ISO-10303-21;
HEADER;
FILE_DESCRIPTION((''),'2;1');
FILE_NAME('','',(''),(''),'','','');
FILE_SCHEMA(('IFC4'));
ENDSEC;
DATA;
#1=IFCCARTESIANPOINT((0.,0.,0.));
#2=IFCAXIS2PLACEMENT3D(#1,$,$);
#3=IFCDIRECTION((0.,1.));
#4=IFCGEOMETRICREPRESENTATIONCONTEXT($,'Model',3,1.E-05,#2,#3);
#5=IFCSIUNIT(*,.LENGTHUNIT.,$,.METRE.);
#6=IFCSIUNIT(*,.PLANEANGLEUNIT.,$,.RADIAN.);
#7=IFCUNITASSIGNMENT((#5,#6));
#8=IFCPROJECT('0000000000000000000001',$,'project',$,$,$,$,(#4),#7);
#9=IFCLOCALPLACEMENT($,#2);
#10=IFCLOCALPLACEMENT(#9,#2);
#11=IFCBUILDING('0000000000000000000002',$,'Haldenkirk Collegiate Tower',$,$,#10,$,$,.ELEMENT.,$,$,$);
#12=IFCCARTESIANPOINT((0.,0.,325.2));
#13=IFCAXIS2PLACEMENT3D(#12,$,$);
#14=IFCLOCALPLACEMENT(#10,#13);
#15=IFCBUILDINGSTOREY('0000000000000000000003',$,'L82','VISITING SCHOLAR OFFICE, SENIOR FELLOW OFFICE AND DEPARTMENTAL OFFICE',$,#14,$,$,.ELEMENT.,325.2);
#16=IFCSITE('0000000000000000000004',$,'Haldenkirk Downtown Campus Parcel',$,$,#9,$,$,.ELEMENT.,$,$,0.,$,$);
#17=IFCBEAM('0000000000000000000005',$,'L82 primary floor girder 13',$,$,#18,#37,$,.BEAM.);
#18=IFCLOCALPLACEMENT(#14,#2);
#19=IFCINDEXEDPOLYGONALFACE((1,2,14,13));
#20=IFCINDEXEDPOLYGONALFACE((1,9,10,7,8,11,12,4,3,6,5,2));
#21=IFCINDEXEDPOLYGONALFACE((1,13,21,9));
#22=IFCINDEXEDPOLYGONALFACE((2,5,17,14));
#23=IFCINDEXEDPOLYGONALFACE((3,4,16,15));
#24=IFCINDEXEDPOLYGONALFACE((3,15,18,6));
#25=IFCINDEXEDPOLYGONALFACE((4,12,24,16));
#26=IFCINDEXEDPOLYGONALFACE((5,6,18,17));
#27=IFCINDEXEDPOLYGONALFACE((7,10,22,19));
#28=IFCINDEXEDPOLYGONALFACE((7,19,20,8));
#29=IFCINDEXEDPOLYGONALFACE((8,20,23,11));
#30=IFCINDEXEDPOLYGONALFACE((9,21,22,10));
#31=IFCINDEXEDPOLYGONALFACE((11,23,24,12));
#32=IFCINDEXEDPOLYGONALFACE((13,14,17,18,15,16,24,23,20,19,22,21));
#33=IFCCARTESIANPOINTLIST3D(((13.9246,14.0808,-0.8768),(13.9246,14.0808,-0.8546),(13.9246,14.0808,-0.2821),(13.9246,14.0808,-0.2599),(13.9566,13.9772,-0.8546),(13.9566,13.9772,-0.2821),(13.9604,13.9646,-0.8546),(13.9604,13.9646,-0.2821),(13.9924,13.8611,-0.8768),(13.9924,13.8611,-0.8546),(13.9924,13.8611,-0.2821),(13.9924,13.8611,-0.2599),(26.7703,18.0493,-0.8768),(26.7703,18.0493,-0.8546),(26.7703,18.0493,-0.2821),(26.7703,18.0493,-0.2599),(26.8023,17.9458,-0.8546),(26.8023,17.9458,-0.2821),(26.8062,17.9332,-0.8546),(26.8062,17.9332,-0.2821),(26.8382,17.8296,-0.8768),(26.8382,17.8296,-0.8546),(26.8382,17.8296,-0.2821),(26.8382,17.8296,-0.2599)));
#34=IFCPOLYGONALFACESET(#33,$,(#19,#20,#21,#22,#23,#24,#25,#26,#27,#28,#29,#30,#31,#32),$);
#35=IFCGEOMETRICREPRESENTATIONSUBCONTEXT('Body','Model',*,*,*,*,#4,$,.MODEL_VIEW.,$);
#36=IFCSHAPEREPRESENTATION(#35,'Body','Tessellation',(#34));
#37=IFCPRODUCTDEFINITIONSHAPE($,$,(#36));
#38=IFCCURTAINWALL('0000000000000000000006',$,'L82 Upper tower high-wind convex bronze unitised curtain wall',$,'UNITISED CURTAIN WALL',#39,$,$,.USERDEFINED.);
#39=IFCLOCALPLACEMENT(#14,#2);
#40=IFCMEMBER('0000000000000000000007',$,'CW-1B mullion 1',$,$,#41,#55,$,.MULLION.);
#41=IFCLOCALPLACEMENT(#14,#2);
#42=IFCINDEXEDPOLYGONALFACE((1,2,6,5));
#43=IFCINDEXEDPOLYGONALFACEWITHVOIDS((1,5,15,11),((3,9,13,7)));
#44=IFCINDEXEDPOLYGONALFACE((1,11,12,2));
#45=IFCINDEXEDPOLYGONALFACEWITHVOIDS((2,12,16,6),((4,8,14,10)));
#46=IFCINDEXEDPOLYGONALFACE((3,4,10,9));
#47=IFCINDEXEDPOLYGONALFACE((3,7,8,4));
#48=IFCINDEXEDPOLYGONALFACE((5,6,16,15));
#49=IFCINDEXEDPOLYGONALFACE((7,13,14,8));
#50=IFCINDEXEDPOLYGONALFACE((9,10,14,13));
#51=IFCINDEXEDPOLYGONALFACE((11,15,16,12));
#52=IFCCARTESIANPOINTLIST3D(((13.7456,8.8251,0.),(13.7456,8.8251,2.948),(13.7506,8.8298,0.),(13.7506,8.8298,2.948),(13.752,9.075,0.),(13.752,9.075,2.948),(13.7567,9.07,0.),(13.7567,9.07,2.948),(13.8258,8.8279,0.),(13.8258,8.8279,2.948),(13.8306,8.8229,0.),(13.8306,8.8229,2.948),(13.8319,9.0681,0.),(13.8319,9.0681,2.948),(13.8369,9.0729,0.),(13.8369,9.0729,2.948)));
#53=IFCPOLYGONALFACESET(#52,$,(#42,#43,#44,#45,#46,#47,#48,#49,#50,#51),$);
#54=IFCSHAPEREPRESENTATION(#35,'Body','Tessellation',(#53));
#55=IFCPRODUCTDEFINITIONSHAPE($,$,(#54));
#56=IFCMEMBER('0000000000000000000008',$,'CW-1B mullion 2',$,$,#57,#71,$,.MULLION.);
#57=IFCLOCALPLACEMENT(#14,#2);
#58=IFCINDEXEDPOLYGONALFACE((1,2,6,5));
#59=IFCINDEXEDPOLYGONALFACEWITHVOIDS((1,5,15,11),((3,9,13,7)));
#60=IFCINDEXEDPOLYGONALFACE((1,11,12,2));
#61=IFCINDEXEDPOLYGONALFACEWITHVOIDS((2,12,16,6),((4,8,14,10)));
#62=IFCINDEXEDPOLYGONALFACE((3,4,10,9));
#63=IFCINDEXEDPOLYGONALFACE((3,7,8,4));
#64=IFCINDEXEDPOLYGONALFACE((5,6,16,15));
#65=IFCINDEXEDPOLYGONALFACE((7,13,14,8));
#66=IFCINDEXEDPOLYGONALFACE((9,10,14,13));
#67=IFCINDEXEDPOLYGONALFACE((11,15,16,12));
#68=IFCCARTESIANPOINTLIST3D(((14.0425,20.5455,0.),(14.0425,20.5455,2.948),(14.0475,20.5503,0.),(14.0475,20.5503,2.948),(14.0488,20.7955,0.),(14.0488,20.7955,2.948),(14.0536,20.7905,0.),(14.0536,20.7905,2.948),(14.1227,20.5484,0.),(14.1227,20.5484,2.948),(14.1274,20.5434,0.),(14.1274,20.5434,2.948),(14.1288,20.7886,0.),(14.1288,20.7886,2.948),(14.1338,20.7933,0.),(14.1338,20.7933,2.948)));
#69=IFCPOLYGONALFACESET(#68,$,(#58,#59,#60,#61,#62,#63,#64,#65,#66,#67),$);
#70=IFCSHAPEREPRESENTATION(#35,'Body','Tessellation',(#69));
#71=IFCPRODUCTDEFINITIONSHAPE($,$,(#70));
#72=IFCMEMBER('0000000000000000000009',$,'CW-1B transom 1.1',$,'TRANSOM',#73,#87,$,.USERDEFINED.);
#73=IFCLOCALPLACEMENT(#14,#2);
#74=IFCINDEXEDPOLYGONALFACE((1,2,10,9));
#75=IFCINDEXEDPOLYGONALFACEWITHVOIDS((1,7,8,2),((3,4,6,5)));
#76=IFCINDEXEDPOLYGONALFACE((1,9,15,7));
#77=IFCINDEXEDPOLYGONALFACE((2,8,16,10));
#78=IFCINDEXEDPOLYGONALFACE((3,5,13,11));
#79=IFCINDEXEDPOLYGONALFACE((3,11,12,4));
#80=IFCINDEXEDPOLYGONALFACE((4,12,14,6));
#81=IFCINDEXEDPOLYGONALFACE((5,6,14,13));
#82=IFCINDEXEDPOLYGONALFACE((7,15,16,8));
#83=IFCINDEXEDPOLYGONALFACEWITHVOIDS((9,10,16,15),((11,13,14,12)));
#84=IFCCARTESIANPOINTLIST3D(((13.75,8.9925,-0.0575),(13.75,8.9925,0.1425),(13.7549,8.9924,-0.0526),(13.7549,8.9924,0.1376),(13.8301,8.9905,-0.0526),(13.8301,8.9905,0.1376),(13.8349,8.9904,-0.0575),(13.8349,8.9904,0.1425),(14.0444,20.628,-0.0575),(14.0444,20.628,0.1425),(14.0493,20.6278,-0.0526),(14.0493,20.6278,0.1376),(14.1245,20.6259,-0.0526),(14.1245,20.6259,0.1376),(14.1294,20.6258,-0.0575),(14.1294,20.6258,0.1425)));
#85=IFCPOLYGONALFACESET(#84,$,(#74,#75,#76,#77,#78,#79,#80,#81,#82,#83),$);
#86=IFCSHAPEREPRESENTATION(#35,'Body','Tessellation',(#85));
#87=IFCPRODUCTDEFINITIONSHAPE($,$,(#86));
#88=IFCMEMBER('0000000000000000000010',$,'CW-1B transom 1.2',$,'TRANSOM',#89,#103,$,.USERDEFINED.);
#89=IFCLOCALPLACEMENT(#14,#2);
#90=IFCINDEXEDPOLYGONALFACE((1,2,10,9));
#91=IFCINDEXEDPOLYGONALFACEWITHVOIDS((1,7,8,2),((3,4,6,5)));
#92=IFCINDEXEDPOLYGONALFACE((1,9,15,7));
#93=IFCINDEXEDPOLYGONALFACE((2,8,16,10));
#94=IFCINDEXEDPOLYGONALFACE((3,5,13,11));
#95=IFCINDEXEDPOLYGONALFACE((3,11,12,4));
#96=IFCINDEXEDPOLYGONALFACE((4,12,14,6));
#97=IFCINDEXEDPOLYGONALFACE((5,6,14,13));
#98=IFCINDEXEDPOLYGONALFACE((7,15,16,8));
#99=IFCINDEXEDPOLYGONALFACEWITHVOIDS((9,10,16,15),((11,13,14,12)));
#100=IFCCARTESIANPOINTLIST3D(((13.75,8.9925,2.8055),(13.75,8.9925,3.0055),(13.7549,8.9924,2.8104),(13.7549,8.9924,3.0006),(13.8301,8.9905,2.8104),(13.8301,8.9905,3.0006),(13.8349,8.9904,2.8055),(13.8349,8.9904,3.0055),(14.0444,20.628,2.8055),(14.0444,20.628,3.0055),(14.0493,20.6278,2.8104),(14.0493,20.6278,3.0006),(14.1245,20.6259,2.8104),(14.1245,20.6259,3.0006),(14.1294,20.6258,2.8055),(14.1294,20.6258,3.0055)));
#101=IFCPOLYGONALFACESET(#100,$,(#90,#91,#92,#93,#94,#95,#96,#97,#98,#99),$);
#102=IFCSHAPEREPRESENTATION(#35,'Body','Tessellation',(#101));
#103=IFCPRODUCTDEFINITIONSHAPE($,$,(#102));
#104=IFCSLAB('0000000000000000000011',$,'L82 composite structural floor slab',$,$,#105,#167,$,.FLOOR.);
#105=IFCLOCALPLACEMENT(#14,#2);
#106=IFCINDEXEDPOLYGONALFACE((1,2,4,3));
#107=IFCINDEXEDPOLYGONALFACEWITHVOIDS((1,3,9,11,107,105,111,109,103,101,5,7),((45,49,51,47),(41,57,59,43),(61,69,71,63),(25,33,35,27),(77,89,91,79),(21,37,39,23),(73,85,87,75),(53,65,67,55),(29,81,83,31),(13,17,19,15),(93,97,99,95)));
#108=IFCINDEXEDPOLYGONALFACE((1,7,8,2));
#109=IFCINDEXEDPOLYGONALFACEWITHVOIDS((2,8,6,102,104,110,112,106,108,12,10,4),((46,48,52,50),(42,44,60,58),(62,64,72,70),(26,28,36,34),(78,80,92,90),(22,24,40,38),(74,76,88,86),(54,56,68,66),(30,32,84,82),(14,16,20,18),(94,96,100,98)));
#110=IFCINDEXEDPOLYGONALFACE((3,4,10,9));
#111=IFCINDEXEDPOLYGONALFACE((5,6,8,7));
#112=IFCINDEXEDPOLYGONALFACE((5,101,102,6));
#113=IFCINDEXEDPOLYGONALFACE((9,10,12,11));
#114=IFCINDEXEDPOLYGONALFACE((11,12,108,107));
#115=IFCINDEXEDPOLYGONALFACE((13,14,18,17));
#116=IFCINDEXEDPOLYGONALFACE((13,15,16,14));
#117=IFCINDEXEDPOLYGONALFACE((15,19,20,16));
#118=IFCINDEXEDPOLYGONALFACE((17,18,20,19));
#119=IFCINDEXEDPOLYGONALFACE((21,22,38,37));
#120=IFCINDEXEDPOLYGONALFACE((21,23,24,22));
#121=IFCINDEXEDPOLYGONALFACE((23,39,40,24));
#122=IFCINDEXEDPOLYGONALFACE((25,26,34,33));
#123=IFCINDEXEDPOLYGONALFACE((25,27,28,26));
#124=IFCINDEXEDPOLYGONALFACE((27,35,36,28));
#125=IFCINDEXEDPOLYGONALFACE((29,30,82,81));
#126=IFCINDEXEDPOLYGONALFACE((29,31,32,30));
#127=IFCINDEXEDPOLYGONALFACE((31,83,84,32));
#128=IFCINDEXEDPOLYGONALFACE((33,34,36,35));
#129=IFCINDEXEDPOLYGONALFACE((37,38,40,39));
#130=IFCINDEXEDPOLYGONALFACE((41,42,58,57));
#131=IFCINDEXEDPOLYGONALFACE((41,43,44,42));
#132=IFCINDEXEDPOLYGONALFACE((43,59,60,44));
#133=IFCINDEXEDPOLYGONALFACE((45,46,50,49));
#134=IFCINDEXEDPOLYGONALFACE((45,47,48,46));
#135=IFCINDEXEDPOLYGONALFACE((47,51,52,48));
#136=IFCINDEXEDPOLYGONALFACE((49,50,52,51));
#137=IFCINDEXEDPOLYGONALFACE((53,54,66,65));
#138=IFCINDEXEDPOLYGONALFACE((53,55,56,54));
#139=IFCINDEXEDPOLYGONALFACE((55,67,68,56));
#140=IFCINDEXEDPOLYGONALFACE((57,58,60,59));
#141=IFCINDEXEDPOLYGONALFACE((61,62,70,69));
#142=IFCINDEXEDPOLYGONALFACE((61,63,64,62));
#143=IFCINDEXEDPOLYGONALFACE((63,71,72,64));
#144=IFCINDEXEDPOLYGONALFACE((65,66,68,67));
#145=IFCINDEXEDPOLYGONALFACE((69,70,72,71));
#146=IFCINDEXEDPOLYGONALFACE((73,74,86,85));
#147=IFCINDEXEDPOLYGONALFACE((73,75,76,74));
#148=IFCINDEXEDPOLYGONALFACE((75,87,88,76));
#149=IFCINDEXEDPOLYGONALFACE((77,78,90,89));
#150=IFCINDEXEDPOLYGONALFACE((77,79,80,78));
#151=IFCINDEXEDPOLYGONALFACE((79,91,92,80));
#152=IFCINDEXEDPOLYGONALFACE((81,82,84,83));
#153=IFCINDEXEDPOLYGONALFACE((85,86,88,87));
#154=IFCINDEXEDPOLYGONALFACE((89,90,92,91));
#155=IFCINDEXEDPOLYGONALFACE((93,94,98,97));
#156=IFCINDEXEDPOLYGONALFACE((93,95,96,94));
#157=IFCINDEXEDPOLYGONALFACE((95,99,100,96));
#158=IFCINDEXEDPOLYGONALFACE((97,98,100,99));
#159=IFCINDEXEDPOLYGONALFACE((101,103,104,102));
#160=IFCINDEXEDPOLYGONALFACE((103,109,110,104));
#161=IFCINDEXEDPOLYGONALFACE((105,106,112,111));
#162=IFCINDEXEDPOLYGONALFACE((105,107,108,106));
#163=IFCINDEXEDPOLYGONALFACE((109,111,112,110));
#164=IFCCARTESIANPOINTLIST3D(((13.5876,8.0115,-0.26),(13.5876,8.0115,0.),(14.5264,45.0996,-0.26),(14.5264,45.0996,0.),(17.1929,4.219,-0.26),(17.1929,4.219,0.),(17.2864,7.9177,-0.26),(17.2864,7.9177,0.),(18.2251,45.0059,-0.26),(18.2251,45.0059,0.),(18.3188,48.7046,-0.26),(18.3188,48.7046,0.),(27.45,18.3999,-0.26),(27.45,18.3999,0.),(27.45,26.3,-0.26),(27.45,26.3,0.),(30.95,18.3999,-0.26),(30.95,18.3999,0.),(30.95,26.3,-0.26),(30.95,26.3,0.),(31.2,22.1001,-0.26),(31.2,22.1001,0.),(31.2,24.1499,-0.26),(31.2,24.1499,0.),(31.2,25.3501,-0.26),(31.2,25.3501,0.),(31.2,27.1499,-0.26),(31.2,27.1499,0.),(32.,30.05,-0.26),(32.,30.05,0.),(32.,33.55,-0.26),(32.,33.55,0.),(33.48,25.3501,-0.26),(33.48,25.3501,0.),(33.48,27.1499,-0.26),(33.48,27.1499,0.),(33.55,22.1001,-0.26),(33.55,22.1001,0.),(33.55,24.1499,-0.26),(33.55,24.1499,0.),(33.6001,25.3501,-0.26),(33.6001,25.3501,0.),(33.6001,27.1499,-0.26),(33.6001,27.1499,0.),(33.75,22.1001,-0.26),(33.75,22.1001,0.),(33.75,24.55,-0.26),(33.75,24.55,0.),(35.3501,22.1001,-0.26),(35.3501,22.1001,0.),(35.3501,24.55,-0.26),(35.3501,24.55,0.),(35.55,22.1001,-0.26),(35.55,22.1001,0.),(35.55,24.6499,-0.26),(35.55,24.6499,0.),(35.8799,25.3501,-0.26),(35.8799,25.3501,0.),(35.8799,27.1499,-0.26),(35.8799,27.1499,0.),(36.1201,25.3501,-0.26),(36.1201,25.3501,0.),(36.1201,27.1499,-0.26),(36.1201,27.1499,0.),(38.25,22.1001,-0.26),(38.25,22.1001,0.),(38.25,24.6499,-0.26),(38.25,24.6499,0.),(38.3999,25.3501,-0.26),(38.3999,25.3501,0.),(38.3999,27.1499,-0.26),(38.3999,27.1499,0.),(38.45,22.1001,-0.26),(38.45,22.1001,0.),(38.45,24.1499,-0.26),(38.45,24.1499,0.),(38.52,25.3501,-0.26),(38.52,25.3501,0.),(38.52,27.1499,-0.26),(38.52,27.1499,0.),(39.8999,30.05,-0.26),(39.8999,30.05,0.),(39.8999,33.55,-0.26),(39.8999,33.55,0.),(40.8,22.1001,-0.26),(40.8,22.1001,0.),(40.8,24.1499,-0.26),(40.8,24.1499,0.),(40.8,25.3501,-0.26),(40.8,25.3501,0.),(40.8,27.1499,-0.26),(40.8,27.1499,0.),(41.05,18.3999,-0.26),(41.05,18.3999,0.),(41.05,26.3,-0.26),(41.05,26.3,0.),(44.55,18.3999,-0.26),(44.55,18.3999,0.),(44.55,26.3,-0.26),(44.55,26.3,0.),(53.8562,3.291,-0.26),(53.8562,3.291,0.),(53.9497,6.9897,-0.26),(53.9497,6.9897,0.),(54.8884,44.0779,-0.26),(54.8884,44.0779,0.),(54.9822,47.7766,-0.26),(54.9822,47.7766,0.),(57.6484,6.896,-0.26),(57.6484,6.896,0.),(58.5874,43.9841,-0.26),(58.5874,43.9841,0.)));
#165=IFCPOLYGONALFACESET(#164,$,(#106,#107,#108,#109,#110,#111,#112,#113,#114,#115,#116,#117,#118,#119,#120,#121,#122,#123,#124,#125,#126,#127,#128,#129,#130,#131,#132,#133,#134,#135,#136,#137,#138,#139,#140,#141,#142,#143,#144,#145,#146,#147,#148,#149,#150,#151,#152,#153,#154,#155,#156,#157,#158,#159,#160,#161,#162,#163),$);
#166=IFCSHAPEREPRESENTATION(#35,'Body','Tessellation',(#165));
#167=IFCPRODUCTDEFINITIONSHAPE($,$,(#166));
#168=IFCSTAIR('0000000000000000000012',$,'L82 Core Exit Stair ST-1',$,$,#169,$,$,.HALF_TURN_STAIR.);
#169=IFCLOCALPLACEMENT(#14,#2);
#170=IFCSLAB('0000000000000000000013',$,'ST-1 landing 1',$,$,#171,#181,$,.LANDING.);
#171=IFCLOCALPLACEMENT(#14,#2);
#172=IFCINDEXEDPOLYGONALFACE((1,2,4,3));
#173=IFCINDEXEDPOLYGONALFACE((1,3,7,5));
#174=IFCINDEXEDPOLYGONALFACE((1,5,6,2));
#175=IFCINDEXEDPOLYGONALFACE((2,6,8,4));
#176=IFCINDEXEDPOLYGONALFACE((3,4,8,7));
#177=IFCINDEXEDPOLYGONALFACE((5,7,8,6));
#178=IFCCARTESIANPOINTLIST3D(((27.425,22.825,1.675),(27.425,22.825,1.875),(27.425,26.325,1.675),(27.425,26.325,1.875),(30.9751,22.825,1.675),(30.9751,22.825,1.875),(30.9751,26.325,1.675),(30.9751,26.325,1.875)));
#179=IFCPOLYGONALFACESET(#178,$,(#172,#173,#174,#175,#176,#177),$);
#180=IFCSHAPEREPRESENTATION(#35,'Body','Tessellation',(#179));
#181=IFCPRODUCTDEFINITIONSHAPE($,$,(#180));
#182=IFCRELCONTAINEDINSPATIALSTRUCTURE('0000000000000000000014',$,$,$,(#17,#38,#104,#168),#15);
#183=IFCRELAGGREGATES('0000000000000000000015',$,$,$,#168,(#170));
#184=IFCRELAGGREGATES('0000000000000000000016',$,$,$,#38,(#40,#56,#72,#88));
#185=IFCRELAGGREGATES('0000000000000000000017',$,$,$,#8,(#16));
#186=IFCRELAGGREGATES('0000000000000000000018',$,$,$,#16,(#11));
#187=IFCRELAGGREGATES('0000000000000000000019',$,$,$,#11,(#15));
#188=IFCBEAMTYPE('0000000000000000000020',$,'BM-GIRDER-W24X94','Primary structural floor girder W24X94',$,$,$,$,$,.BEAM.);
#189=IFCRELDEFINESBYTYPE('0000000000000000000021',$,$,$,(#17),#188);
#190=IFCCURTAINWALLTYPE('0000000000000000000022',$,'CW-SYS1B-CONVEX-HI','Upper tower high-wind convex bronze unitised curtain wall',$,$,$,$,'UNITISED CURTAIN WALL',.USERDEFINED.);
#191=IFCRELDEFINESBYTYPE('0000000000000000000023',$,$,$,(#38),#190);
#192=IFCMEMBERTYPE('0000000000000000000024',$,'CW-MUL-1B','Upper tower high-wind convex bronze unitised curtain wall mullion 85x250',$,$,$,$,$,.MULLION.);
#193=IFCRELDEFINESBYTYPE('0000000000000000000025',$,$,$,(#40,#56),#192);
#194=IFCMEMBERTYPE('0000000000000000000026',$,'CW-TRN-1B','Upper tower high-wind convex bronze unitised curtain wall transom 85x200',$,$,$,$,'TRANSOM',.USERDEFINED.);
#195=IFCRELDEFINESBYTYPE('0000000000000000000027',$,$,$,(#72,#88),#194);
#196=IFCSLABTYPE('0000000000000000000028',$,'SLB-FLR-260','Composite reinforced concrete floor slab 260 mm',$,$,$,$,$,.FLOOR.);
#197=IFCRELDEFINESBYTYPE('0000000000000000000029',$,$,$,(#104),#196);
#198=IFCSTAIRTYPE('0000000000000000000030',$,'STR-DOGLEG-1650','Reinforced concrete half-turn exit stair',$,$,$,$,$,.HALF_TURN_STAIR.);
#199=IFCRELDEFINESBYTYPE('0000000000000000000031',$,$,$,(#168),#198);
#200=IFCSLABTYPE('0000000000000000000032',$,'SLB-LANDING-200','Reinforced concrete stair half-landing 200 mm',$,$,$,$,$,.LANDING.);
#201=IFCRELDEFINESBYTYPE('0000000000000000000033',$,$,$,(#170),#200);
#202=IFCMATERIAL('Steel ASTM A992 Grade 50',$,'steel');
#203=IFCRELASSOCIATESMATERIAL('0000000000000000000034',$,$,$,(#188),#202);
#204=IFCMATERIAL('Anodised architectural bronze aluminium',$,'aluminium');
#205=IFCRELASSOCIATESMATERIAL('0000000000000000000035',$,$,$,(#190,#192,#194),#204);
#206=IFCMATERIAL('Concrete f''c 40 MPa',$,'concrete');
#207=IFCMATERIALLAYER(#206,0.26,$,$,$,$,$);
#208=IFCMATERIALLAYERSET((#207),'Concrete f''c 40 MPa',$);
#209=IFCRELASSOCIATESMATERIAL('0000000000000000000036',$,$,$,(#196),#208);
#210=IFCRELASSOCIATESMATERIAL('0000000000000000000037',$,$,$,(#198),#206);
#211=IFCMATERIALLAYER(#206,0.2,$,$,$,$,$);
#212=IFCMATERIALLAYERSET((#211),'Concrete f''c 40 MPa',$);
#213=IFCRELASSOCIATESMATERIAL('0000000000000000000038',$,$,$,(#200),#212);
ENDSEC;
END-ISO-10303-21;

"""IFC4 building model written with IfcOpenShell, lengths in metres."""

from ifc_helpers import new_model, si_unit, direction, frame, origin, origin_2d, place, context, subcontext, project, spatial, polyline, hollow_rectangle, i_section, outline, extrude, material, layer, layer_set, material_profile, profile_set, type_object, element, aggregate, save


model = new_model("IFC4")

# Units and contexts
model_context = context("Model", 3, precision=1e-05, world=origin(), true_north=direction((0.0, 1.0)))
body_context = subcontext(model_context, "Body", "Model", "MODEL_VIEW")
ifc_project = project(units=[si_unit("LENGTHUNIT", "METRE"), si_unit("PLANEANGLEUNIT", "RADIAN")], contexts=[model_context])

# Site, building, storey
site_placement = place(None, origin())
site = spatial("IfcSite", under=ifc_project, at=site_placement, Name="Haldenkirk Downtown Campus Parcel", CompositionType="ELEMENT", RefElevation=0.0)
building_placement = place(site_placement, origin())
building = spatial("IfcBuilding", under=site, at=building_placement, Name="Haldenkirk Collegiate Tower", CompositionType="ELEMENT")
storey_placement = place(building_placement, frame((0.0, 0.0, 325.2)))
storey = spatial("IfcBuildingStorey", under=building, at=storey_placement, Name="L82", Description="VISITING SCHOLAR OFFICE, SENIOR FELLOW OFFICE AND DEPARTMENTAL OFFICE", CompositionType="ELEMENT", Elevation=325.2)

# Beam
ifc_material_1 = material(Name="Steel ASTM A992 Grade 50", Category="steel")
ifc_material_profile_1 = material_profile(ifc_material_1, i_section(OverallWidth=0.23, OverallDepth=0.6169, WebThickness=0.0132, FlangeThickness=0.0222, at=origin_2d()), Name="W24X94")
ifc_profile_set_1 = profile_set([ifc_material_profile_1], Name="Steel ASTM A992 Grade 50")
beam_type = type_object("IfcBeamType", Name="BM-GIRDER-W24X94", Description="Primary structural floor girder W24X94", PredefinedType="BEAM", material=ifc_profile_set_1)
beam_placement = place(storey_placement, frame((13.9585, 13.9709, -0.5684), z_axis=(0.955444, 0.295172, 0.0), x_axis=(-0.295172, 0.955444, 0.0)))
element("IfcBeam", 1, at=beam_placement, inside=storey, type_object=beam_type, Name="L82 primary floor girder 13", PredefinedType="BEAM", context=body_context, shape_type="SweptSolid", body=[
    extrude(i_section(OverallWidth=0.23, OverallDepth=0.6169, WebThickness=0.0132, FlangeThickness=0.0222, at=origin_2d()), origin(), (0.0, 0.0, 1.0), 13.4448),
])

# Curtain wall, members
ifc_material_2 = material(Name="Anodised architectural bronze aluminium", Category="aluminium")
curtain_wall_type = type_object("IfcCurtainWallType", Name="CW-SYS1B-CONVEX-HI", Description="Upper tower high-wind convex bronze unitised curtain wall", ElementType="UNITISED CURTAIN WALL", PredefinedType="USERDEFINED", material=ifc_material_2)
curtain_wall_placement = place(storey_placement, origin())
curtain_wall = element("IfcCurtainWall", 2, at=curtain_wall_placement, inside=storey, type_object=curtain_wall_type, Name="L82 Upper tower high-wind convex bronze unitised curtain wall", ObjectType="UNITISED CURTAIN WALL", PredefinedType="USERDEFINED")
ifc_material_profile_2 = material_profile(ifc_material_2, hollow_rectangle(XDim=0.085, YDim=0.25, WallThickness=0.0049, at=origin_2d()), Name="CW-MUL-1B")
ifc_profile_set_2 = profile_set([ifc_material_profile_2], Name="Anodised architectural bronze aluminium")
member_type_1 = type_object("IfcMemberType", Name="CW-MUL-1B", Description="Upper tower high-wind convex bronze unitised curtain wall mullion 85x250", PredefinedType="MULLION", material=ifc_profile_set_2)
member_1_placement = place(storey_placement, frame((13.7913, 8.949, 0.0), z_axis=(0.0, 0.0, 1.0), x_axis=(-0.99968, 0.025303, 0.0)))
member_1 = element("IfcMember", 3, at=member_1_placement, type_object=member_type_1, Name="CW-1B mullion 1", PredefinedType="MULLION", context=body_context, shape_type="SweptSolid", body=[
    extrude(hollow_rectangle(XDim=0.085, YDim=0.25, WallThickness=0.0049, at=origin_2d()), origin(), (0.0, 0.0, 1.0), 2.948),
])
member_2_placement = place(storey_placement, frame((14.0881, 20.6694, 0.0), z_axis=(0.0, 0.0, 1.0), x_axis=(-0.99968, 0.025303, 0.0)))
member_2 = element("IfcMember", 4, at=member_2_placement, type_object=member_type_1, Name="CW-1B mullion 2", PredefinedType="MULLION", context=body_context, shape_type="SweptSolid", body=[
    extrude(hollow_rectangle(XDim=0.085, YDim=0.25, WallThickness=0.0049, at=origin_2d()), origin(), (0.0, 0.0, 1.0), 2.948),
])
ifc_material_profile_3 = material_profile(ifc_material_2, hollow_rectangle(XDim=0.085, YDim=0.2, WallThickness=0.0049, at=origin_2d()), Name="CW-TRN-1B")
ifc_profile_set_3 = profile_set([ifc_material_profile_3], Name="Anodised architectural bronze aluminium")
member_type_2 = type_object("IfcMemberType", Name="CW-TRN-1B", Description="Upper tower high-wind convex bronze unitised curtain wall transom 85x200", ElementType="TRANSOM", PredefinedType="USERDEFINED", material=ifc_profile_set_3)
member_3_placement = place(storey_placement, frame((13.7925, 8.9915, 0.0425), z_axis=(0.025297, 0.99968, 0.0), x_axis=(-0.99968, 0.025297, 0.0)))
member_3 = element("IfcMember", 5, at=member_3_placement, type_object=member_type_2, Name="CW-1B transom 1.1", ObjectType="TRANSOM", PredefinedType="USERDEFINED", context=body_context, shape_type="SweptSolid", body=[
    extrude(hollow_rectangle(XDim=0.085, YDim=0.2, WallThickness=0.0049, at=origin_2d()), origin(), (0.0, 0.0, 1.0), 11.6392),
])
member_4_placement = place(storey_placement, frame((13.7925, 8.9915, 2.9055), z_axis=(0.025297, 0.99968, 0.0), x_axis=(-0.99968, 0.025297, 0.0)))
member_4 = element("IfcMember", 6, at=member_4_placement, type_object=member_type_2, Name="CW-1B transom 1.2", ObjectType="TRANSOM", PredefinedType="USERDEFINED", context=body_context, shape_type="SweptSolid", body=[
    extrude(hollow_rectangle(XDim=0.085, YDim=0.2, WallThickness=0.0049, at=origin_2d()), origin(), (0.0, 0.0, 1.0), 11.6392),
])

# Slab
ifc_material_3 = material(Name="Concrete f'c 40 MPa", Category="concrete")
ifc_layer_1 = layer(ifc_material_3, 0.26)
ifc_layer_set_1 = layer_set([ifc_layer_1], Name="Concrete f'c 40 MPa")
slab_type_1 = type_object("IfcSlabType", Name="SLB-FLR-260", Description="Composite reinforced concrete floor slab 260 mm", PredefinedType="FLOOR", material=ifc_layer_set_1)
slab_1_placement = place(storey_placement, frame((0.0, 0.0, -0.26)))
element("IfcSlab", 7, at=slab_1_placement, inside=storey, type_object=slab_type_1, Name="L82 composite structural floor slab", PredefinedType="FLOOR", context=body_context, shape_type="SweptSolid", body=[
    extrude(outline(polyline([(57.6484, 6.896), (58.5874, 43.9841), (54.8884, 44.0779), (54.9822, 47.7766), (18.3188, 48.7046), (18.2251, 45.0059), (14.5264, 45.0996), (13.5876, 8.0115), (17.2864, 7.9177), (17.1929, 4.219), (53.8562, 3.291), (53.9497, 6.9897), (57.6484, 6.896)]), holes=[polyline([(27.45, 18.3999), (30.95, 18.3999), (30.95, 26.3), (27.45, 26.3), (27.45, 18.3999)]), polyline([(41.05, 18.3999), (44.55, 18.3999), (44.55, 26.3), (41.05, 26.3), (41.05, 18.3999)]), polyline([(32.0, 30.05), (39.8999, 30.05), (39.8999, 33.55), (32.0, 33.55), (32.0, 30.05)]), polyline([(33.75, 22.1001), (35.3501, 22.1001), (35.3501, 24.55), (33.75, 24.55), (33.75, 22.1001)]), polyline([(31.2, 25.3501), (33.48, 25.3501), (33.48, 27.1499), (31.2, 27.1499), (31.2, 25.3501)]), polyline([(33.6001, 25.3501), (35.8799, 25.3501), (35.8799, 27.1499), (33.6001, 27.1499), (33.6001, 25.3501)]), polyline([(36.1201, 25.3501), (38.3999, 25.3501), (38.3999, 27.1499), (36.1201, 27.1499), (36.1201, 25.3501)]), polyline([(38.52, 25.3501), (40.8, 25.3501), (40.8, 27.1499), (38.52, 27.1499), (38.52, 25.3501)]), polyline([(31.2, 22.1001), (33.55, 22.1001), (33.55, 24.1499), (31.2, 24.1499), (31.2, 22.1001)]), polyline([(38.45, 22.1001), (40.8, 22.1001), (40.8, 24.1499), (38.45, 24.1499), (38.45, 22.1001)]), polyline([(35.55, 22.1001), (38.25, 22.1001), (38.25, 24.6499), (35.55, 24.6499), (35.55, 22.1001)])]), origin(), (0.0, 0.0, 1.0), 0.26),
])

# Stair, slab
stair_type = type_object("IfcStairType", Name="STR-DOGLEG-1650", Description="Reinforced concrete half-turn exit stair", PredefinedType="HALF_TURN_STAIR", material=ifc_material_3)
stair_1_placement = place(storey_placement, origin())
stair_1 = element("IfcStair", 8, at=stair_1_placement, inside=storey, type_object=stair_type, Name="L82 Core Exit Stair ST-1", PredefinedType="HALF_TURN_STAIR")
ifc_layer_2 = layer(ifc_material_3, 0.2)
ifc_layer_set_2 = layer_set([ifc_layer_2], Name="Concrete f'c 40 MPa")
slab_type_2 = type_object("IfcSlabType", Name="SLB-LANDING-200", Description="Reinforced concrete stair half-landing 200 mm", PredefinedType="LANDING", material=ifc_layer_set_2)
slab_2_placement = place(storey_placement, frame((0.0, 0.0, 1.675)))
slab_2 = element("IfcSlab", 9, at=slab_2_placement, type_object=slab_type_2, Name="ST-1 landing 1", PredefinedType="LANDING", context=body_context, shape_type="SweptSolid", body=[
    extrude(outline(polyline([(30.9751, 22.825), (27.425, 22.825), (27.425, 26.325), (30.9751, 26.325), (30.9751, 22.825)])), origin(), (0.0, 0.0, 1.0), 0.2),
])
aggregate(stair_1, [slab_2])

aggregate(curtain_wall, [member_1, member_2, member_3, member_4])

save(model, "model.ifc")
